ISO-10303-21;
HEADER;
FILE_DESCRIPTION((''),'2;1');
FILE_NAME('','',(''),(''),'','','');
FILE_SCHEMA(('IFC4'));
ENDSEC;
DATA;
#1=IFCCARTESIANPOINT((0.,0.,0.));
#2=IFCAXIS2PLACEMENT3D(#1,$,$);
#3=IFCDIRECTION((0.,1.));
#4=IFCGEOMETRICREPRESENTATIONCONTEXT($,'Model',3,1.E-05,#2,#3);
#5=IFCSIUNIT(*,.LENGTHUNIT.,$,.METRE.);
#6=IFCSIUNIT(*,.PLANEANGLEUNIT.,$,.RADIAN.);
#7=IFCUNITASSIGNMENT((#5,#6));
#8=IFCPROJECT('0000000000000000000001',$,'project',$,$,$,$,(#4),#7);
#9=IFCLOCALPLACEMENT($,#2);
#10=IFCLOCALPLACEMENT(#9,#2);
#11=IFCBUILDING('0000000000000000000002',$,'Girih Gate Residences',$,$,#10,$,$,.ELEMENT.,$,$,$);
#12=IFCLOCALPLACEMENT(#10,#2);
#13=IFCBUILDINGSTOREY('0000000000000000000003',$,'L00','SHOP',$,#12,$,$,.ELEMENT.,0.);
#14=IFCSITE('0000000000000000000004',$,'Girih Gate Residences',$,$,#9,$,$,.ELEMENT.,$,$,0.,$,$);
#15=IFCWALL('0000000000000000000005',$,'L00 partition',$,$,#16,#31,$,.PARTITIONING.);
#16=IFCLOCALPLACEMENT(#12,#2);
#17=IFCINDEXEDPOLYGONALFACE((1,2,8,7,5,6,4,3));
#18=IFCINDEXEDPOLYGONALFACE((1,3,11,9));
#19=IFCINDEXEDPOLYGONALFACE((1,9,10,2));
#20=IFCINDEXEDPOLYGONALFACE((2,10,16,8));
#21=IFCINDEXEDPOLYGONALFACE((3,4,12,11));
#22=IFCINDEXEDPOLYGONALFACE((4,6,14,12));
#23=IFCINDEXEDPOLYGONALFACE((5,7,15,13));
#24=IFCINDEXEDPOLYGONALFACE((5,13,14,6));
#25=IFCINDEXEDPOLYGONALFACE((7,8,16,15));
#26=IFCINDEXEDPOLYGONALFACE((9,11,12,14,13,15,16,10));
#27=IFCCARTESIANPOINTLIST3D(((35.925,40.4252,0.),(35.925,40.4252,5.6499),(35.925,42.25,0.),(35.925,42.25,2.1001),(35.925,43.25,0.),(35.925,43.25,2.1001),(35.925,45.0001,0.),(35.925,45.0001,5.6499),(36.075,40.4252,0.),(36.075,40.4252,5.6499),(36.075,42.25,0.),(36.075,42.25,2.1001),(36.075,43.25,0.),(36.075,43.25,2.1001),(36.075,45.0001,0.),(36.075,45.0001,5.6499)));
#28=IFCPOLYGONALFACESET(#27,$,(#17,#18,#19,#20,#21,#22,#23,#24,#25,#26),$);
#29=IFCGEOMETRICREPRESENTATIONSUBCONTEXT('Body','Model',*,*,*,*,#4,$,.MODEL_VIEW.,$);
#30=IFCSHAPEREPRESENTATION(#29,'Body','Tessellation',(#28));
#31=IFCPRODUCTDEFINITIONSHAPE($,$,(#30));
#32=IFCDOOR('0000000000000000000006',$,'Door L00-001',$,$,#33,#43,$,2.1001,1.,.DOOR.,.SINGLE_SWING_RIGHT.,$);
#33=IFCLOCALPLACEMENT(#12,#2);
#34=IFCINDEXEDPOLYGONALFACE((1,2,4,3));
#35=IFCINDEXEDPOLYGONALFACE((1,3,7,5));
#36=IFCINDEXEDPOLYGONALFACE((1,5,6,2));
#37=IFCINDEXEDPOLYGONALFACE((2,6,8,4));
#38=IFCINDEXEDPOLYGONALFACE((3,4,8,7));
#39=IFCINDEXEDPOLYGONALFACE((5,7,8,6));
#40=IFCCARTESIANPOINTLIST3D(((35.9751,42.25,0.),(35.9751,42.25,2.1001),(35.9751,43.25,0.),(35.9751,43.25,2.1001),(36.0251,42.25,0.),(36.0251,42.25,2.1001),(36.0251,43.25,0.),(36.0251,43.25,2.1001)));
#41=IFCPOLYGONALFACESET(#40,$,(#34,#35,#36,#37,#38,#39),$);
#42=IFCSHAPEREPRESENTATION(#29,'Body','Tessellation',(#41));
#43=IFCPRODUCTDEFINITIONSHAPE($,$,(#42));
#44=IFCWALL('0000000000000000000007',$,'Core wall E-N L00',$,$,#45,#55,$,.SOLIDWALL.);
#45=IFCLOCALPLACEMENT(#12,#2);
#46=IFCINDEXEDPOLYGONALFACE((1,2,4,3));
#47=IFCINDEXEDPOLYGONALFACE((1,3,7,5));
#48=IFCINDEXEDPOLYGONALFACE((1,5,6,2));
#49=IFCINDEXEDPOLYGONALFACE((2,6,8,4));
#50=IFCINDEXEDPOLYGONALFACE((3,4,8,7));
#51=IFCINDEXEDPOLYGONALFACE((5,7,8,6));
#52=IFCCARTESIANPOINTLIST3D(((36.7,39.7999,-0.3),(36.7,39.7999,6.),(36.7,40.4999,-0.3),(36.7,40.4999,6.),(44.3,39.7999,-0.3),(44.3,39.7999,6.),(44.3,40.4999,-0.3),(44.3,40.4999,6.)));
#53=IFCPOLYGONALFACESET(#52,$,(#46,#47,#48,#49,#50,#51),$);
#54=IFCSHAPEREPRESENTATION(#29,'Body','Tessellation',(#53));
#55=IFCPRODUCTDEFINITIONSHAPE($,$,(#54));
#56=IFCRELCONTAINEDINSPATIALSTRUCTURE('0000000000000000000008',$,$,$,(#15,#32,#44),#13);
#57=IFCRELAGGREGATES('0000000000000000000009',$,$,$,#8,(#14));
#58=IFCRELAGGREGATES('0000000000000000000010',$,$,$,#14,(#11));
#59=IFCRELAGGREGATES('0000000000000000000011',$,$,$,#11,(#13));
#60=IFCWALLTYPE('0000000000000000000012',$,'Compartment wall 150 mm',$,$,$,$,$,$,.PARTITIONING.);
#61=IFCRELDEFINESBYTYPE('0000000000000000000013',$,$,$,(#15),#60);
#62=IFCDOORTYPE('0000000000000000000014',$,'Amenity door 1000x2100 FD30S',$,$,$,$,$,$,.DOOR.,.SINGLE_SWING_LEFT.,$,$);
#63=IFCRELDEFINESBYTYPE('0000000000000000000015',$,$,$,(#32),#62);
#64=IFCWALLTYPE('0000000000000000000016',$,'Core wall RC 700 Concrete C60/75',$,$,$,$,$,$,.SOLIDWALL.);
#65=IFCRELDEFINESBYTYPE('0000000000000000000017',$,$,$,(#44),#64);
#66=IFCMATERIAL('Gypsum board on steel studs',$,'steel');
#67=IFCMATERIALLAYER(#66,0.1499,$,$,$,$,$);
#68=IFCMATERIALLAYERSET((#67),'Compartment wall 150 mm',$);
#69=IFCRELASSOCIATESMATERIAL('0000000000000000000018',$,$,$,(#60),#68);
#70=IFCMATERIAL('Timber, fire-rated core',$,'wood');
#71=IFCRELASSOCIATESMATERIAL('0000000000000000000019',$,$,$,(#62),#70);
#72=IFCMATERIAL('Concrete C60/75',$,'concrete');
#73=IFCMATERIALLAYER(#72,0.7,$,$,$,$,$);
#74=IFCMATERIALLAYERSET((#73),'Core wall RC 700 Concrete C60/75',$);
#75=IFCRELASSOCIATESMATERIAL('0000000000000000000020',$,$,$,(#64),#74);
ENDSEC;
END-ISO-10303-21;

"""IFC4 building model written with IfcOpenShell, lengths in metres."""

from ifc_helpers import new_model, si_unit, direction, frame, frame_2d, origin, place, context, subcontext, project, spatial, rectangle, extrude, material, layer, layer_set, type_object, element, fill, save


model = new_model("IFC4")

# Units and contexts
model_context = context("Model", 3, precision=1e-05, world=origin(), true_north=direction((0.0, 1.0)))
body_context = subcontext(model_context, "Body", "Model", "MODEL_VIEW")
ifc_project = project(units=[si_unit("LENGTHUNIT", "METRE"), si_unit("PLANEANGLEUNIT", "RADIAN")], contexts=[model_context])

# Site, building, storey
site_placement = place(None, origin())
site = spatial("IfcSite", under=ifc_project, at=site_placement, Name="Girih Gate Residences", CompositionType="ELEMENT", RefElevation=0.0)
building_placement = place(site_placement, origin())
building = spatial("IfcBuilding", under=site, at=building_placement, Name="Girih Gate Residences", CompositionType="ELEMENT")
storey_placement = place(building_placement, origin())
storey = spatial("IfcBuildingStorey", under=building, at=storey_placement, Name="L00", Description="SHOP", CompositionType="ELEMENT", Elevation=0.0)

# Shared definitions
ifc_material_1 = material(Name="Concrete C60/75", Category="concrete")

# Shared definitions
ifc_material_2 = material(Name="Gypsum board on steel studs", Category="steel")
ifc_layer_1 = layer(ifc_material_2, 0.1499)
ifc_layer_set_1 = layer_set([ifc_layer_1], Name="Compartment wall 150 mm")
wall_type_1 = type_object("IfcWallType", Name="Compartment wall 150 mm", PredefinedType="PARTITIONING", material=ifc_layer_set_1)

# Wall, opening, door
wall_1_placement = place(storey_placement, frame((36.0, 40.425, 0.0), z_axis=(0.0, 0.0, 1.0), x_axis=(0.0, 1.0, 0.0)))
wall_1 = element("IfcWall", 1, at=wall_1_placement, inside=storey, type_object=wall_type_1, Name="L00 partition", PredefinedType="PARTITIONING", context=body_context, shape_type="SweptSolid", body=[
    extrude(rectangle(XDim=4.575, YDim=0.1499, at=frame_2d((2.2876, 0.0))), origin(), (0.0, 0.0, 1.0), 5.6499),
])
opening_1_placement = place(wall_1_placement, frame((1.825, 0.0, 0.0)))
opening_1 = element("IfcOpeningElement", 2, at=opening_1_placement, cuts=wall_1, PredefinedType="OPENING", context=body_context, shape_type="SweptSolid", body=[
    extrude(rectangle(XDim=1.0, YDim=2.1001, at=frame_2d((0.5, 1.05))), frame((0.0, 0.085, 0.0), z_axis=(0.0, -1.0, 0.0), x_axis=(1.0, 0.0, 0.0)), (0.0, 0.0, 1.0), 0.1699),
])
ifc_material_3 = material(Name="Timber, fire-rated core", Category="wood")
door_type_1 = type_object("IfcDoorType", Name="Amenity door 1000x2100 FD30S", OperationType="SINGLE_SWING_LEFT", PredefinedType="DOOR", material=ifc_material_3)
door_1_placement = place(opening_1_placement, origin())
door_1 = element("IfcDoor", 3, at=door_1_placement, inside=storey, type_object=door_type_1, Name="Door L00-001", OperationType="SINGLE_SWING_RIGHT", OverallHeight=2.1001, OverallWidth=1.0, PredefinedType="DOOR", context=body_context, shape_type="SweptSolid", body=[
    extrude(rectangle(XDim=1.0, YDim=2.1001, at=frame_2d((0.5, 1.05))), frame((0.0, 0.0249, 0.0), z_axis=(0.0, -1.0, 0.0), x_axis=(1.0, 0.0, 0.0)), (0.0, 0.0, 1.0), 0.05),
])
fill(opening_1, door_1)

# Wall
ifc_layer_2 = layer(ifc_material_1, 0.7)
ifc_layer_set_2 = layer_set([ifc_layer_2], Name="Core wall RC 700 Concrete C60/75")
wall_type_2 = type_object("IfcWallType", Name="Core wall RC 700 Concrete C60/75", PredefinedType="SOLIDWALL", material=ifc_layer_set_2)
wall_2_placement = place(storey_placement, frame((36.7, 40.1499, -0.3), z_axis=(0.0, 0.0, 1.0), x_axis=(1.0, 0.0, 0.0)))
element("IfcWall", 4, at=wall_2_placement, inside=storey, type_object=wall_type_2, Name="Core wall E-N L00", PredefinedType="SOLIDWALL", context=body_context, shape_type="SweptSolid", body=[
    extrude(rectangle(XDim=7.6001, YDim=0.7, at=frame_2d((3.8, 0.0))), origin(), (0.0, 0.0, 1.0), 6.3),
])

save(model, "model.ifc")
